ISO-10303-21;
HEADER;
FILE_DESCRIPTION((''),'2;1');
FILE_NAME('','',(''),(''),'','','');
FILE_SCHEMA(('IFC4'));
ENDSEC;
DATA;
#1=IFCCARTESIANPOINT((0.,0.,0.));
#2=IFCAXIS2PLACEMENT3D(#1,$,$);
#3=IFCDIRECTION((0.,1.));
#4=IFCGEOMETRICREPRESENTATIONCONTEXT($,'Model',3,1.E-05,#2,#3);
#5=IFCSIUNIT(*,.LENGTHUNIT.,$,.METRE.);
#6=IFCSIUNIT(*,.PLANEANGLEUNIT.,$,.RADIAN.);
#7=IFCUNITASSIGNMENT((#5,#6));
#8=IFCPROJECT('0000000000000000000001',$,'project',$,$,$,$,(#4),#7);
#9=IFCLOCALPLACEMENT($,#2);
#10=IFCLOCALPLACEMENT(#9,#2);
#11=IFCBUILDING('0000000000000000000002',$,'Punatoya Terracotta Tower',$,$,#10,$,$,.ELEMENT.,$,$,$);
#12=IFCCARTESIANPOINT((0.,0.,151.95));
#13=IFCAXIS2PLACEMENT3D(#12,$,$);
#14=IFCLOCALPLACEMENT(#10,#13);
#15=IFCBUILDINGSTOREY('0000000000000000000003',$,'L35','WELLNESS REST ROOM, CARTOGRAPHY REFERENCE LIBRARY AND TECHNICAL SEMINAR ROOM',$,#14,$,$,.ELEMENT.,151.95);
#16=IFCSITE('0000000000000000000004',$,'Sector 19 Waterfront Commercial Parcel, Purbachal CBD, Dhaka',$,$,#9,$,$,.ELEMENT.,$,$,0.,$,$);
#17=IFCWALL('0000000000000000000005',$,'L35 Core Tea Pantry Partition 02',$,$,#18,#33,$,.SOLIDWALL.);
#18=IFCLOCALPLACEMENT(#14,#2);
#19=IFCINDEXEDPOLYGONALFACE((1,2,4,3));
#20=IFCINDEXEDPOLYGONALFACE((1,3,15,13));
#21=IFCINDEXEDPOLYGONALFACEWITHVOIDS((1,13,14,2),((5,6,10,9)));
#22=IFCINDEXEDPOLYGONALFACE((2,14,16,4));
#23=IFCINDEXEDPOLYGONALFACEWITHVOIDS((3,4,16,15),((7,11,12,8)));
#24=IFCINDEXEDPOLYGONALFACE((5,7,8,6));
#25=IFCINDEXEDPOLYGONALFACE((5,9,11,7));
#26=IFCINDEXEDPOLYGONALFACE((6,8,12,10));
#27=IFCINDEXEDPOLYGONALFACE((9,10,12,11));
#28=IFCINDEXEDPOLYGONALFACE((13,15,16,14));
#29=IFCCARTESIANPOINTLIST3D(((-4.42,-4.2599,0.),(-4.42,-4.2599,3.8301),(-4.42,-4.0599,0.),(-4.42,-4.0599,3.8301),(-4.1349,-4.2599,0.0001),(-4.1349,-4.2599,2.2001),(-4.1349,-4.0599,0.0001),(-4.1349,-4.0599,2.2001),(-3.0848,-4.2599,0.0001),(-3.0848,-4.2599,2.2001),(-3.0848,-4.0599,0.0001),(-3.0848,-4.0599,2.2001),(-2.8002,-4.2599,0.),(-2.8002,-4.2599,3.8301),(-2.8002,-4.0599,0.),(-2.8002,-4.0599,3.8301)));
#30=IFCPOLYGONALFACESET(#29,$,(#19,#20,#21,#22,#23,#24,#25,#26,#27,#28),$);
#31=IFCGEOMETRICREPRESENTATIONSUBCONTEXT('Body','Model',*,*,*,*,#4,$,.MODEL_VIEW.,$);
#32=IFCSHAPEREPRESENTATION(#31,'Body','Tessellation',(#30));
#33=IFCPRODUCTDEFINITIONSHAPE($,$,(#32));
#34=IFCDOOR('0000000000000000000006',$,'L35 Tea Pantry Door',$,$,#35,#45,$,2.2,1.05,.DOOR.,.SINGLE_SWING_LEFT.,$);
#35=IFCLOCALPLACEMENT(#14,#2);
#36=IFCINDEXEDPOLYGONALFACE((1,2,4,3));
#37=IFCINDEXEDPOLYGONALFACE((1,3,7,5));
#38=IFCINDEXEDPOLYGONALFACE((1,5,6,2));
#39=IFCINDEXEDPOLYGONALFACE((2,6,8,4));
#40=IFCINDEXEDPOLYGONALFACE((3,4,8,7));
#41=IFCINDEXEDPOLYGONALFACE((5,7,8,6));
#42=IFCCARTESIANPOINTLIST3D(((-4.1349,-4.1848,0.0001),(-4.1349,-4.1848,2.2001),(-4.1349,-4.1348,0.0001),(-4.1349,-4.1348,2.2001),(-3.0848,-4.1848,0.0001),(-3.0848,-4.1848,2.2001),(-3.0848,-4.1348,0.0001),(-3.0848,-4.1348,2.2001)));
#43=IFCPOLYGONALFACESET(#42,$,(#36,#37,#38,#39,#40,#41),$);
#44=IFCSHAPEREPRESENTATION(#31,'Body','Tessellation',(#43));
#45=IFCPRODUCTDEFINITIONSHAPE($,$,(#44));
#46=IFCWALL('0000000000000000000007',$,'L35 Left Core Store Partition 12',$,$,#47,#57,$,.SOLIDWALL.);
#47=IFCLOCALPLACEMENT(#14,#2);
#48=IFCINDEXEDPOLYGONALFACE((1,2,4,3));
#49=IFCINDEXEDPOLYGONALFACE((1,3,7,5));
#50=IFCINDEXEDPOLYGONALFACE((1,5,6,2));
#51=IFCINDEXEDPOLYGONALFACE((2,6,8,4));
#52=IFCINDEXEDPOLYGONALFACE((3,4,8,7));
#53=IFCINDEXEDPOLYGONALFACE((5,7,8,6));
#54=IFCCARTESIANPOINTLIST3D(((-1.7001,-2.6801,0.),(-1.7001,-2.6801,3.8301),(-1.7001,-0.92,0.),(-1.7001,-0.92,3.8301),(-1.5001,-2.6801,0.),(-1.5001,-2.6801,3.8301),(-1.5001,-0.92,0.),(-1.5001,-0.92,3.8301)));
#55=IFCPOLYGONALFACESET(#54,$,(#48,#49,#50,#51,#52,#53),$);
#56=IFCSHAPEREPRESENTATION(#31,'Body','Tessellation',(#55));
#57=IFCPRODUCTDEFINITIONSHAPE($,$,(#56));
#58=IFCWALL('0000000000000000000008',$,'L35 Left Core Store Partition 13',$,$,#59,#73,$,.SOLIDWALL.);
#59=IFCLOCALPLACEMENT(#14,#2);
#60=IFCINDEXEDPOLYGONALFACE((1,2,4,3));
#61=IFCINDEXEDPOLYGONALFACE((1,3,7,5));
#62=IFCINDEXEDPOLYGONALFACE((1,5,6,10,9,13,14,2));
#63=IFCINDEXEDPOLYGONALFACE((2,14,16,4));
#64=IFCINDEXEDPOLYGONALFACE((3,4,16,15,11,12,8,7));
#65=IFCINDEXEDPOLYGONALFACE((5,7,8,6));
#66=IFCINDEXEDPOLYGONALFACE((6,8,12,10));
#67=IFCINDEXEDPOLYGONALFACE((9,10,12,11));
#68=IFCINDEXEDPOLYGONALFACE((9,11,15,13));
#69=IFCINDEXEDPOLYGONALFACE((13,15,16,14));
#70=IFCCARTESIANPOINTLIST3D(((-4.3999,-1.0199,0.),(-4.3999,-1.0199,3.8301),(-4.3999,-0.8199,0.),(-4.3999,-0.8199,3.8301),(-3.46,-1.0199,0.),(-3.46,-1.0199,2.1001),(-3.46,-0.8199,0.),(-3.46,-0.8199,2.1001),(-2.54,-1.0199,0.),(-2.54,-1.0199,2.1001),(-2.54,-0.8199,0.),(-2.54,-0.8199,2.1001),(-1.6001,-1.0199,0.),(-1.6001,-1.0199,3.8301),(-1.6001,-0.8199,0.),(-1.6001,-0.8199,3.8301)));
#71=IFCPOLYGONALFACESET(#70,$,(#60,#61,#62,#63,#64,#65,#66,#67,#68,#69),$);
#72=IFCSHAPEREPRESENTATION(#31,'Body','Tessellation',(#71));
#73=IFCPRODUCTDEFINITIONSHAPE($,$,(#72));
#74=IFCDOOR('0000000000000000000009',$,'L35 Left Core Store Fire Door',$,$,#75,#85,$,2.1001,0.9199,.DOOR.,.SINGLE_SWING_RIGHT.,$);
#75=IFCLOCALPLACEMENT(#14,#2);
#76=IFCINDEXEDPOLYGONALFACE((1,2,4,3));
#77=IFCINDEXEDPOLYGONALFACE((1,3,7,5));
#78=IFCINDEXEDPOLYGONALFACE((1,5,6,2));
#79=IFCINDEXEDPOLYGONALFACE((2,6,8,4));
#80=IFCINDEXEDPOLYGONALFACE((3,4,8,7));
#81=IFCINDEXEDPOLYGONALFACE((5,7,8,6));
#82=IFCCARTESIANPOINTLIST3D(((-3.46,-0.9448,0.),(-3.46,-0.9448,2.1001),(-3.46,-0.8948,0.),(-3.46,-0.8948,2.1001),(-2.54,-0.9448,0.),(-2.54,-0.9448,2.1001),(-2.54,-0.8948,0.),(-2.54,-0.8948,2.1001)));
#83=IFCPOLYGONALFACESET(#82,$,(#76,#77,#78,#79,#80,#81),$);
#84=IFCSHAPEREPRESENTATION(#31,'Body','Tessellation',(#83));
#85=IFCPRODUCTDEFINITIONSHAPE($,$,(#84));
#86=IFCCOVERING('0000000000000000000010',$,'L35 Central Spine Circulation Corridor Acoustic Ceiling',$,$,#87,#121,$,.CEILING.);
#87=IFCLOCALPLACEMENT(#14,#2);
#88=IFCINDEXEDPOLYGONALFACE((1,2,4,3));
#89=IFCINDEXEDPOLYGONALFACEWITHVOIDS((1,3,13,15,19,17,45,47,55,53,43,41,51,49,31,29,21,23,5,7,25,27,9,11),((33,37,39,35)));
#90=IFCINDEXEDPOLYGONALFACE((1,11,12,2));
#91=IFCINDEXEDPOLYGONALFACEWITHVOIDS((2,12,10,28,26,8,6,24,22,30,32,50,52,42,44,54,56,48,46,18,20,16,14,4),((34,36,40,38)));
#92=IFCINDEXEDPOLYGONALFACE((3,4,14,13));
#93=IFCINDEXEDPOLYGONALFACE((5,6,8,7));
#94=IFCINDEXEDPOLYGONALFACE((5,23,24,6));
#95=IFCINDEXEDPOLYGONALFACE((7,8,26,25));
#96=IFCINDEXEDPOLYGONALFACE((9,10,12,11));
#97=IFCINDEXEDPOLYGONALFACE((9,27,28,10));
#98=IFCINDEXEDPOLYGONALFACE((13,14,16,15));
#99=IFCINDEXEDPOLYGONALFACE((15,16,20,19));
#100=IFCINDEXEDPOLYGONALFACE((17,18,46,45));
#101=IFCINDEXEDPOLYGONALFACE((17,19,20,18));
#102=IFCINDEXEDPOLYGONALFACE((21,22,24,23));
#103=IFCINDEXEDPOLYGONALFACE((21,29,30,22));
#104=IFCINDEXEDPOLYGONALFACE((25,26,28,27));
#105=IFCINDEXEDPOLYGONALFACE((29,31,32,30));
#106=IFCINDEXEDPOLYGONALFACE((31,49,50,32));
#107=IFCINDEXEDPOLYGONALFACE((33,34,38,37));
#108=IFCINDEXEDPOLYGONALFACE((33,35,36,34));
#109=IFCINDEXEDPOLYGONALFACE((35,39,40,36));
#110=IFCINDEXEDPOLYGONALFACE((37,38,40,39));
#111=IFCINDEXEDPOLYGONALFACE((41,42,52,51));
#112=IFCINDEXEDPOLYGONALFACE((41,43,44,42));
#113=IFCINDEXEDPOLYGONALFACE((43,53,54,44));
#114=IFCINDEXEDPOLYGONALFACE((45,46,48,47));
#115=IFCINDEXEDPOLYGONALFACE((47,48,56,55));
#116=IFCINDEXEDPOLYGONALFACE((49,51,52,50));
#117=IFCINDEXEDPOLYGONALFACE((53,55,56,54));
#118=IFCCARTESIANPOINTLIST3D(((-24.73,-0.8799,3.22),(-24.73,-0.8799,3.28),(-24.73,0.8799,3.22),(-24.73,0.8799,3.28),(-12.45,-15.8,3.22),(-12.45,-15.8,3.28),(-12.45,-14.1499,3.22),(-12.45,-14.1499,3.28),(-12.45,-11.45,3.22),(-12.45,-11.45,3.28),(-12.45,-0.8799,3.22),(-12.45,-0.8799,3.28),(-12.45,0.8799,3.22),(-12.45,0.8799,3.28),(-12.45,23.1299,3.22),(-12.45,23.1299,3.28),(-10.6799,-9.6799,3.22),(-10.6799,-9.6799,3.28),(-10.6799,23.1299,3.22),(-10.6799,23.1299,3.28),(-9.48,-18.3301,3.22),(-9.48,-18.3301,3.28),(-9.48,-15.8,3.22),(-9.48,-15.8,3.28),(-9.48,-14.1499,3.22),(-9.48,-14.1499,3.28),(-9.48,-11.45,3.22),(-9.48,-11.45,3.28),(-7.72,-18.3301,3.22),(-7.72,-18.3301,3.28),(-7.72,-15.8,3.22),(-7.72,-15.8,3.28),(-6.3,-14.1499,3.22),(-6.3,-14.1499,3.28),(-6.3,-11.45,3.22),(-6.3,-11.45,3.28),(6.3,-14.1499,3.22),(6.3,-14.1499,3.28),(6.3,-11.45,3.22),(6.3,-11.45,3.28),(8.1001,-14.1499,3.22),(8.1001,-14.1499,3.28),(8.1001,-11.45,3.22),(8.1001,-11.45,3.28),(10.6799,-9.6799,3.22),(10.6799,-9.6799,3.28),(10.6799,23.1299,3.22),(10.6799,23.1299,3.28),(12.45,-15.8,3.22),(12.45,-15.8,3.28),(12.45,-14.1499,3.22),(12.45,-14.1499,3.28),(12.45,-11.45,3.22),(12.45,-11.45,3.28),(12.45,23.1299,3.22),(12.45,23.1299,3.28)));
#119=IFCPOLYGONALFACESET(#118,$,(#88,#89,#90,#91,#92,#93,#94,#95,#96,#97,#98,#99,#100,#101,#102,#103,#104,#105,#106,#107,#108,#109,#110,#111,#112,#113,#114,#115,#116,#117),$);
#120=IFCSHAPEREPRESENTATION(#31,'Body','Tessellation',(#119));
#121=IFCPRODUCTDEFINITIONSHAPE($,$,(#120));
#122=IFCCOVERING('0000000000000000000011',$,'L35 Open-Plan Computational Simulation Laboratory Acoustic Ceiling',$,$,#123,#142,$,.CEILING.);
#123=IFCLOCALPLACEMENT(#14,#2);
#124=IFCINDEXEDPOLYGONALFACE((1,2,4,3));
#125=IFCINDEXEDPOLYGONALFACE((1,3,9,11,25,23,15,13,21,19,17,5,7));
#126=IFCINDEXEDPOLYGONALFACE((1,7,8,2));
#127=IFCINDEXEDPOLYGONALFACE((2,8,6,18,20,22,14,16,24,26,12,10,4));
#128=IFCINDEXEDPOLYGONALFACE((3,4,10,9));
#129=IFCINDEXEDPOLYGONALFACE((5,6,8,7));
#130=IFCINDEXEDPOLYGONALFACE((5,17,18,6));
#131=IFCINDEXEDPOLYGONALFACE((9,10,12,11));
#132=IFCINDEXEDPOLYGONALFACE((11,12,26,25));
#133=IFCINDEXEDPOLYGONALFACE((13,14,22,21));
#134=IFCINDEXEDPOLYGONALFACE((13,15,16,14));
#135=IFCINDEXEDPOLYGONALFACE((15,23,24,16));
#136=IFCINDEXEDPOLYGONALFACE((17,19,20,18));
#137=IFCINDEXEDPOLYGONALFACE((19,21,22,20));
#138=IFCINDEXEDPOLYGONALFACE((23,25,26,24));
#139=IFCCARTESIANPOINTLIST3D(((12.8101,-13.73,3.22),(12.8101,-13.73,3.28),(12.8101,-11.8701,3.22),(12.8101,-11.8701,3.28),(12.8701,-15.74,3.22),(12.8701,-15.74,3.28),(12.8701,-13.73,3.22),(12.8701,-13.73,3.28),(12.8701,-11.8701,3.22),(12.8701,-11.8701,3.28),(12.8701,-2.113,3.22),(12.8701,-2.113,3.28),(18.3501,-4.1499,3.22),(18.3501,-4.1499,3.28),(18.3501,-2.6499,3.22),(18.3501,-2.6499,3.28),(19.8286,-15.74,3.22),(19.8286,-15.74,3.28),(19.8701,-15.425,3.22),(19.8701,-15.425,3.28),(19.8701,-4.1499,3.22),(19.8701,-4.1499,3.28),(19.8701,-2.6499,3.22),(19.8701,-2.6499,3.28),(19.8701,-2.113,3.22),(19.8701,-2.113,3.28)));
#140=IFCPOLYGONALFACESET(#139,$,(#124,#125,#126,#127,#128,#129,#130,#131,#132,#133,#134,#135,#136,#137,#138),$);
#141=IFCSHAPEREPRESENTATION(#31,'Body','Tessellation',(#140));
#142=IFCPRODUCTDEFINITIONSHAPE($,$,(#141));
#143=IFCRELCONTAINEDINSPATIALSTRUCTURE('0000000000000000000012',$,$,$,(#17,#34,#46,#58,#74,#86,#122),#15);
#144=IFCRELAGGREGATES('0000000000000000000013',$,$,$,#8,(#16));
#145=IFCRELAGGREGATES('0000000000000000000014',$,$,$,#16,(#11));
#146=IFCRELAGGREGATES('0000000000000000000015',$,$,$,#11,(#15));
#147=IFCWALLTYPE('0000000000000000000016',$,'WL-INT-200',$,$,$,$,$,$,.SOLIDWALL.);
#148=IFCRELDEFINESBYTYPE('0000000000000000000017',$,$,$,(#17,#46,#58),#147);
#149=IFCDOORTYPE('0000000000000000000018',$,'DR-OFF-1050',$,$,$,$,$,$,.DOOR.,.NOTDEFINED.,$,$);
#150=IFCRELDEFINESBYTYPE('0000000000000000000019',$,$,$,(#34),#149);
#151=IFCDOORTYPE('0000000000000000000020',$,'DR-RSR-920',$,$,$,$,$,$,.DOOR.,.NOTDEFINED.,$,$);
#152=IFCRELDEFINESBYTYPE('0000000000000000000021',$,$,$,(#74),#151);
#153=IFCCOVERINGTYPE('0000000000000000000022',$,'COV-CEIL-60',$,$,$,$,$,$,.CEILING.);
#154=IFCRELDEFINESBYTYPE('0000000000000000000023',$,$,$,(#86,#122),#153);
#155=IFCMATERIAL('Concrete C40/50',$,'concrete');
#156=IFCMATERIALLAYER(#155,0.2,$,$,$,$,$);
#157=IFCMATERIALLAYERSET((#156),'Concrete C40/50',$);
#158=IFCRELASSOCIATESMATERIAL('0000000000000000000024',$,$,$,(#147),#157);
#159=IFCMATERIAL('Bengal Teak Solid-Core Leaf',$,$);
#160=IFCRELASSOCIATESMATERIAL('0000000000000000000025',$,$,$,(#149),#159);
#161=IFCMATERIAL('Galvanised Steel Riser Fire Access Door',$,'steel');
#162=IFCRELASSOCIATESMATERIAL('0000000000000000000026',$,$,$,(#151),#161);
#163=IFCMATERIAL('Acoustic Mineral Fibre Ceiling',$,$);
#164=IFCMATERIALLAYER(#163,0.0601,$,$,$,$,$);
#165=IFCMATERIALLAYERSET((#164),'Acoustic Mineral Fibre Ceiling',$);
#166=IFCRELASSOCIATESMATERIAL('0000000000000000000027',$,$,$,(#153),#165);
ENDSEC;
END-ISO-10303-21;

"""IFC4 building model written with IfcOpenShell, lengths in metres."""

from ifc_helpers import new_model, si_unit, direction, frame, frame_2d, origin, place, context, subcontext, project, spatial, polyline, rectangle, outline, extrude, material, layer, layer_set, type_object, element, fill, save


model = new_model("IFC4")

# Units and contexts
model_context = context("Model", 3, precision=1e-05, world=origin(), true_north=direction((0.0, 1.0)))
body_context = subcontext(model_context, "Body", "Model", "MODEL_VIEW")
ifc_project = project(units=[si_unit("LENGTHUNIT", "METRE"), si_unit("PLANEANGLEUNIT", "RADIAN")], contexts=[model_context])

# Site, building, storey
site_placement = place(None, origin())
site = spatial("IfcSite", under=ifc_project, at=site_placement, Name="Sector 19 Waterfront Commercial Parcel, Purbachal CBD, Dhaka", CompositionType="ELEMENT", RefElevation=0.0)
building_placement = place(site_placement, origin())
building = spatial("IfcBuilding", under=site, at=building_placement, Name="Punatoya Terracotta Tower", CompositionType="ELEMENT")
storey_placement = place(building_placement, frame((0.0, 0.0, 151.95)))
storey = spatial("IfcBuildingStorey", under=building, at=storey_placement, Name="L35", Description="WELLNESS REST ROOM, CARTOGRAPHY REFERENCE LIBRARY AND TECHNICAL SEMINAR ROOM", CompositionType="ELEMENT", Elevation=151.95)

# Shared definitions
ifc_material_1 = material(Name="Concrete C40/50", Category="concrete")

# Wall, opening, door
ifc_layer_1 = layer(ifc_material_1, 0.2)
ifc_layer_set_1 = layer_set([ifc_layer_1], Name="Concrete C40/50")
wall_type_1 = type_object("IfcWallType", Name="WL-INT-200", PredefinedType="SOLIDWALL", material=ifc_layer_set_1)
wall_1_placement = place(storey_placement, frame((-2.8, -4.1599, 0.0), z_axis=(0.0, 0.0, 1.0), x_axis=(-1.0, 0.0, 0.0)))
wall_1 = element("IfcWall", 1, at=wall_1_placement, inside=storey, type_object=wall_type_1, Name="L35 Core Tea Pantry Partition 02", PredefinedType="SOLIDWALL", context=body_context, shape_type="SweptSolid", body=[
    extrude(rectangle(XDim=1.6199, YDim=0.2, at=frame_2d((0.8101, 0.0))), origin(), (0.0, 0.0, 1.0), 3.8301),
])
opening_1_placement = place(wall_1_placement, frame((0.2849, 0.0, 0.0)))
opening_1 = element("IfcOpeningElement", 2, at=opening_1_placement, cuts=wall_1, PredefinedType="OPENING", context=body_context, shape_type="SweptSolid", body=[
    extrude(rectangle(XDim=1.05, YDim=2.2, at=frame_2d((0.5249, 1.1001))), frame((0.0, 0.1099, 0.0), z_axis=(0.0, -1.0, 0.0), x_axis=(1.0, 0.0, 0.0)), (0.0, 0.0, 1.0), 0.22),
])
ifc_material_2 = material(Name="Bengal Teak Solid-Core Leaf")
door_type_1 = type_object("IfcDoorType", Name="DR-OFF-1050", OperationType="NOTDEFINED", PredefinedType="DOOR", material=ifc_material_2)
door_1_placement = place(opening_1_placement, origin())
door_1 = element("IfcDoor", 3, at=door_1_placement, inside=storey, type_object=door_type_1, Name="L35 Tea Pantry Door", OperationType="SINGLE_SWING_LEFT", OverallHeight=2.2, OverallWidth=1.05, PredefinedType="DOOR", context=body_context, shape_type="SweptSolid", body=[
    extrude(rectangle(XDim=1.05, YDim=2.2, at=frame_2d((0.5249, 1.1001))), frame((0.0, 0.0249, 0.0), z_axis=(0.0, -1.0, 0.0), x_axis=(1.0, 0.0, 0.0)), (0.0, 0.0, 1.0), 0.05),
])
fill(opening_1, door_1)

# Wall
wall_2_placement = place(storey_placement, frame((-1.6001, -2.6799, 0.0), z_axis=(0.0, 0.0, 1.0), x_axis=(0.0, 1.0, 0.0)))
element("IfcWall", 4, at=wall_2_placement, inside=storey, type_object=wall_type_1, Name="L35 Left Core Store Partition 12", PredefinedType="SOLIDWALL", context=body_context, shape_type="SweptSolid", body=[
    extrude(rectangle(XDim=1.76, YDim=0.2, at=frame_2d((0.8799, 0.0))), origin(), (0.0, 0.0, 1.0), 3.8301),
])

# Wall, opening, door
wall_3_placement = place(storey_placement, frame((-1.6001, -0.9199, 0.0), z_axis=(0.0, 0.0, 1.0), x_axis=(-1.0, 0.0, 0.0)))
wall_3 = element("IfcWall", 5, at=wall_3_placement, inside=storey, type_object=wall_type_1, Name="L35 Left Core Store Partition 13", PredefinedType="SOLIDWALL", context=body_context, shape_type="SweptSolid", body=[
    extrude(rectangle(XDim=2.7998, YDim=0.2, at=frame_2d((1.3999, 0.0))), origin(), (0.0, 0.0, 1.0), 3.8301),
])
opening_2_placement = place(wall_3_placement, frame((0.9399, 0.0, 0.0)))
opening_2 = element("IfcOpeningElement", 6, at=opening_2_placement, cuts=wall_3, PredefinedType="OPENING", context=body_context, shape_type="SweptSolid", body=[
    extrude(rectangle(XDim=0.9199, YDim=2.1001, at=frame_2d((0.46, 1.05))), frame((0.0, 0.1099, 0.0), z_axis=(0.0, -1.0, 0.0), x_axis=(1.0, 0.0, 0.0)), (0.0, 0.0, 1.0), 0.22),
])
ifc_material_3 = material(Name="Galvanised Steel Riser Fire Access Door", Category="steel")
door_type_2 = type_object("IfcDoorType", Name="DR-RSR-920", OperationType="NOTDEFINED", PredefinedType="DOOR", material=ifc_material_3)
door_2_placement = place(opening_2_placement, origin())
door_2 = element("IfcDoor", 7, at=door_2_placement, inside=storey, type_object=door_type_2, Name="L35 Left Core Store Fire Door", OperationType="SINGLE_SWING_RIGHT", OverallHeight=2.1001, OverallWidth=0.9199, PredefinedType="DOOR", context=body_context, shape_type="SweptSolid", body=[
    extrude(rectangle(XDim=0.9199, YDim=2.1001, at=frame_2d((0.46, 1.05))), frame((0.0, 0.0249, 0.0), z_axis=(0.0, -1.0, 0.0), x_axis=(1.0, 0.0, 0.0)), (0.0, 0.0, 1.0), 0.05),
])
fill(opening_2, door_2)

# Coverings
ifc_material_4 = material(Name="Acoustic Mineral Fibre Ceiling")
ifc_layer_2 = layer(ifc_material_4, 0.0601)
ifc_layer_set_2 = layer_set([ifc_layer_2], Name="Acoustic Mineral Fibre Ceiling")
covering_type = type_object("IfcCoveringType", Name="COV-CEIL-60", PredefinedType="CEILING", material=ifc_layer_set_2)
covering_1_placement = place(storey_placement, frame((0.0, 0.0, 3.22)))
element("IfcCovering", 8, at=covering_1_placement, inside=storey, type_object=covering_type, Name="L35 Central Spine Circulation Corridor Acoustic Ceiling", PredefinedType="CEILING", context=body_context, shape_type="SweptSolid", body=[
    extrude(outline(polyline([(-7.72, -15.8), (12.45, -15.8), (12.45, -14.1499), (8.1001, -14.1499), (8.1001, -11.45), (12.45, -11.45), (12.45, 23.1299), (10.6799, 23.1299), (10.6799, -9.6799), (-10.6799, -9.6799), (-10.6799, 23.1299), (-12.45, 23.1299), (-12.45, 0.8799), (-24.73, 0.8799), (-24.73, -0.8799), (-12.45, -0.8799), (-12.45, -11.45), (-9.48, -11.45), (-9.48, -14.1499), (-12.45, -14.1499), (-12.45, -15.8), (-9.48, -15.8), (-9.48, -18.3301), (-7.72, -18.3301), (-7.72, -15.8)]), holes=[polyline([(6.3, -14.1499), (-6.3, -14.1499), (-6.3, -11.45), (6.3, -11.45), (6.3, -14.1499)])]), origin(), (0.0, 0.0, 1.0), 0.0601),
])
covering_2_placement = place(storey_placement, frame((0.0, 0.0, 3.22)))
element("IfcCovering", 9, at=covering_2_placement, inside=storey, type_object=covering_type, Name="L35 Open-Plan Computational Simulation Laboratory Acoustic Ceiling", PredefinedType="CEILING", context=body_context, shape_type="SweptSolid", body=[
    extrude(outline(polyline([(12.8101, -13.73), (12.8701, -13.73), (12.8701, -15.74), (19.8286, -15.74), (19.8701, -15.425), (19.8701, -4.1499), (18.3501, -4.1499), (18.3501, -2.6499), (19.8701, -2.6499), (19.8701, -2.113), (12.8701, -2.113), (12.8701, -11.8701), (12.8101, -11.8701), (12.8101, -13.73)])), origin(), (0.0, 0.0, 1.0), 0.0601),
])

save(model, "model.ifc")
